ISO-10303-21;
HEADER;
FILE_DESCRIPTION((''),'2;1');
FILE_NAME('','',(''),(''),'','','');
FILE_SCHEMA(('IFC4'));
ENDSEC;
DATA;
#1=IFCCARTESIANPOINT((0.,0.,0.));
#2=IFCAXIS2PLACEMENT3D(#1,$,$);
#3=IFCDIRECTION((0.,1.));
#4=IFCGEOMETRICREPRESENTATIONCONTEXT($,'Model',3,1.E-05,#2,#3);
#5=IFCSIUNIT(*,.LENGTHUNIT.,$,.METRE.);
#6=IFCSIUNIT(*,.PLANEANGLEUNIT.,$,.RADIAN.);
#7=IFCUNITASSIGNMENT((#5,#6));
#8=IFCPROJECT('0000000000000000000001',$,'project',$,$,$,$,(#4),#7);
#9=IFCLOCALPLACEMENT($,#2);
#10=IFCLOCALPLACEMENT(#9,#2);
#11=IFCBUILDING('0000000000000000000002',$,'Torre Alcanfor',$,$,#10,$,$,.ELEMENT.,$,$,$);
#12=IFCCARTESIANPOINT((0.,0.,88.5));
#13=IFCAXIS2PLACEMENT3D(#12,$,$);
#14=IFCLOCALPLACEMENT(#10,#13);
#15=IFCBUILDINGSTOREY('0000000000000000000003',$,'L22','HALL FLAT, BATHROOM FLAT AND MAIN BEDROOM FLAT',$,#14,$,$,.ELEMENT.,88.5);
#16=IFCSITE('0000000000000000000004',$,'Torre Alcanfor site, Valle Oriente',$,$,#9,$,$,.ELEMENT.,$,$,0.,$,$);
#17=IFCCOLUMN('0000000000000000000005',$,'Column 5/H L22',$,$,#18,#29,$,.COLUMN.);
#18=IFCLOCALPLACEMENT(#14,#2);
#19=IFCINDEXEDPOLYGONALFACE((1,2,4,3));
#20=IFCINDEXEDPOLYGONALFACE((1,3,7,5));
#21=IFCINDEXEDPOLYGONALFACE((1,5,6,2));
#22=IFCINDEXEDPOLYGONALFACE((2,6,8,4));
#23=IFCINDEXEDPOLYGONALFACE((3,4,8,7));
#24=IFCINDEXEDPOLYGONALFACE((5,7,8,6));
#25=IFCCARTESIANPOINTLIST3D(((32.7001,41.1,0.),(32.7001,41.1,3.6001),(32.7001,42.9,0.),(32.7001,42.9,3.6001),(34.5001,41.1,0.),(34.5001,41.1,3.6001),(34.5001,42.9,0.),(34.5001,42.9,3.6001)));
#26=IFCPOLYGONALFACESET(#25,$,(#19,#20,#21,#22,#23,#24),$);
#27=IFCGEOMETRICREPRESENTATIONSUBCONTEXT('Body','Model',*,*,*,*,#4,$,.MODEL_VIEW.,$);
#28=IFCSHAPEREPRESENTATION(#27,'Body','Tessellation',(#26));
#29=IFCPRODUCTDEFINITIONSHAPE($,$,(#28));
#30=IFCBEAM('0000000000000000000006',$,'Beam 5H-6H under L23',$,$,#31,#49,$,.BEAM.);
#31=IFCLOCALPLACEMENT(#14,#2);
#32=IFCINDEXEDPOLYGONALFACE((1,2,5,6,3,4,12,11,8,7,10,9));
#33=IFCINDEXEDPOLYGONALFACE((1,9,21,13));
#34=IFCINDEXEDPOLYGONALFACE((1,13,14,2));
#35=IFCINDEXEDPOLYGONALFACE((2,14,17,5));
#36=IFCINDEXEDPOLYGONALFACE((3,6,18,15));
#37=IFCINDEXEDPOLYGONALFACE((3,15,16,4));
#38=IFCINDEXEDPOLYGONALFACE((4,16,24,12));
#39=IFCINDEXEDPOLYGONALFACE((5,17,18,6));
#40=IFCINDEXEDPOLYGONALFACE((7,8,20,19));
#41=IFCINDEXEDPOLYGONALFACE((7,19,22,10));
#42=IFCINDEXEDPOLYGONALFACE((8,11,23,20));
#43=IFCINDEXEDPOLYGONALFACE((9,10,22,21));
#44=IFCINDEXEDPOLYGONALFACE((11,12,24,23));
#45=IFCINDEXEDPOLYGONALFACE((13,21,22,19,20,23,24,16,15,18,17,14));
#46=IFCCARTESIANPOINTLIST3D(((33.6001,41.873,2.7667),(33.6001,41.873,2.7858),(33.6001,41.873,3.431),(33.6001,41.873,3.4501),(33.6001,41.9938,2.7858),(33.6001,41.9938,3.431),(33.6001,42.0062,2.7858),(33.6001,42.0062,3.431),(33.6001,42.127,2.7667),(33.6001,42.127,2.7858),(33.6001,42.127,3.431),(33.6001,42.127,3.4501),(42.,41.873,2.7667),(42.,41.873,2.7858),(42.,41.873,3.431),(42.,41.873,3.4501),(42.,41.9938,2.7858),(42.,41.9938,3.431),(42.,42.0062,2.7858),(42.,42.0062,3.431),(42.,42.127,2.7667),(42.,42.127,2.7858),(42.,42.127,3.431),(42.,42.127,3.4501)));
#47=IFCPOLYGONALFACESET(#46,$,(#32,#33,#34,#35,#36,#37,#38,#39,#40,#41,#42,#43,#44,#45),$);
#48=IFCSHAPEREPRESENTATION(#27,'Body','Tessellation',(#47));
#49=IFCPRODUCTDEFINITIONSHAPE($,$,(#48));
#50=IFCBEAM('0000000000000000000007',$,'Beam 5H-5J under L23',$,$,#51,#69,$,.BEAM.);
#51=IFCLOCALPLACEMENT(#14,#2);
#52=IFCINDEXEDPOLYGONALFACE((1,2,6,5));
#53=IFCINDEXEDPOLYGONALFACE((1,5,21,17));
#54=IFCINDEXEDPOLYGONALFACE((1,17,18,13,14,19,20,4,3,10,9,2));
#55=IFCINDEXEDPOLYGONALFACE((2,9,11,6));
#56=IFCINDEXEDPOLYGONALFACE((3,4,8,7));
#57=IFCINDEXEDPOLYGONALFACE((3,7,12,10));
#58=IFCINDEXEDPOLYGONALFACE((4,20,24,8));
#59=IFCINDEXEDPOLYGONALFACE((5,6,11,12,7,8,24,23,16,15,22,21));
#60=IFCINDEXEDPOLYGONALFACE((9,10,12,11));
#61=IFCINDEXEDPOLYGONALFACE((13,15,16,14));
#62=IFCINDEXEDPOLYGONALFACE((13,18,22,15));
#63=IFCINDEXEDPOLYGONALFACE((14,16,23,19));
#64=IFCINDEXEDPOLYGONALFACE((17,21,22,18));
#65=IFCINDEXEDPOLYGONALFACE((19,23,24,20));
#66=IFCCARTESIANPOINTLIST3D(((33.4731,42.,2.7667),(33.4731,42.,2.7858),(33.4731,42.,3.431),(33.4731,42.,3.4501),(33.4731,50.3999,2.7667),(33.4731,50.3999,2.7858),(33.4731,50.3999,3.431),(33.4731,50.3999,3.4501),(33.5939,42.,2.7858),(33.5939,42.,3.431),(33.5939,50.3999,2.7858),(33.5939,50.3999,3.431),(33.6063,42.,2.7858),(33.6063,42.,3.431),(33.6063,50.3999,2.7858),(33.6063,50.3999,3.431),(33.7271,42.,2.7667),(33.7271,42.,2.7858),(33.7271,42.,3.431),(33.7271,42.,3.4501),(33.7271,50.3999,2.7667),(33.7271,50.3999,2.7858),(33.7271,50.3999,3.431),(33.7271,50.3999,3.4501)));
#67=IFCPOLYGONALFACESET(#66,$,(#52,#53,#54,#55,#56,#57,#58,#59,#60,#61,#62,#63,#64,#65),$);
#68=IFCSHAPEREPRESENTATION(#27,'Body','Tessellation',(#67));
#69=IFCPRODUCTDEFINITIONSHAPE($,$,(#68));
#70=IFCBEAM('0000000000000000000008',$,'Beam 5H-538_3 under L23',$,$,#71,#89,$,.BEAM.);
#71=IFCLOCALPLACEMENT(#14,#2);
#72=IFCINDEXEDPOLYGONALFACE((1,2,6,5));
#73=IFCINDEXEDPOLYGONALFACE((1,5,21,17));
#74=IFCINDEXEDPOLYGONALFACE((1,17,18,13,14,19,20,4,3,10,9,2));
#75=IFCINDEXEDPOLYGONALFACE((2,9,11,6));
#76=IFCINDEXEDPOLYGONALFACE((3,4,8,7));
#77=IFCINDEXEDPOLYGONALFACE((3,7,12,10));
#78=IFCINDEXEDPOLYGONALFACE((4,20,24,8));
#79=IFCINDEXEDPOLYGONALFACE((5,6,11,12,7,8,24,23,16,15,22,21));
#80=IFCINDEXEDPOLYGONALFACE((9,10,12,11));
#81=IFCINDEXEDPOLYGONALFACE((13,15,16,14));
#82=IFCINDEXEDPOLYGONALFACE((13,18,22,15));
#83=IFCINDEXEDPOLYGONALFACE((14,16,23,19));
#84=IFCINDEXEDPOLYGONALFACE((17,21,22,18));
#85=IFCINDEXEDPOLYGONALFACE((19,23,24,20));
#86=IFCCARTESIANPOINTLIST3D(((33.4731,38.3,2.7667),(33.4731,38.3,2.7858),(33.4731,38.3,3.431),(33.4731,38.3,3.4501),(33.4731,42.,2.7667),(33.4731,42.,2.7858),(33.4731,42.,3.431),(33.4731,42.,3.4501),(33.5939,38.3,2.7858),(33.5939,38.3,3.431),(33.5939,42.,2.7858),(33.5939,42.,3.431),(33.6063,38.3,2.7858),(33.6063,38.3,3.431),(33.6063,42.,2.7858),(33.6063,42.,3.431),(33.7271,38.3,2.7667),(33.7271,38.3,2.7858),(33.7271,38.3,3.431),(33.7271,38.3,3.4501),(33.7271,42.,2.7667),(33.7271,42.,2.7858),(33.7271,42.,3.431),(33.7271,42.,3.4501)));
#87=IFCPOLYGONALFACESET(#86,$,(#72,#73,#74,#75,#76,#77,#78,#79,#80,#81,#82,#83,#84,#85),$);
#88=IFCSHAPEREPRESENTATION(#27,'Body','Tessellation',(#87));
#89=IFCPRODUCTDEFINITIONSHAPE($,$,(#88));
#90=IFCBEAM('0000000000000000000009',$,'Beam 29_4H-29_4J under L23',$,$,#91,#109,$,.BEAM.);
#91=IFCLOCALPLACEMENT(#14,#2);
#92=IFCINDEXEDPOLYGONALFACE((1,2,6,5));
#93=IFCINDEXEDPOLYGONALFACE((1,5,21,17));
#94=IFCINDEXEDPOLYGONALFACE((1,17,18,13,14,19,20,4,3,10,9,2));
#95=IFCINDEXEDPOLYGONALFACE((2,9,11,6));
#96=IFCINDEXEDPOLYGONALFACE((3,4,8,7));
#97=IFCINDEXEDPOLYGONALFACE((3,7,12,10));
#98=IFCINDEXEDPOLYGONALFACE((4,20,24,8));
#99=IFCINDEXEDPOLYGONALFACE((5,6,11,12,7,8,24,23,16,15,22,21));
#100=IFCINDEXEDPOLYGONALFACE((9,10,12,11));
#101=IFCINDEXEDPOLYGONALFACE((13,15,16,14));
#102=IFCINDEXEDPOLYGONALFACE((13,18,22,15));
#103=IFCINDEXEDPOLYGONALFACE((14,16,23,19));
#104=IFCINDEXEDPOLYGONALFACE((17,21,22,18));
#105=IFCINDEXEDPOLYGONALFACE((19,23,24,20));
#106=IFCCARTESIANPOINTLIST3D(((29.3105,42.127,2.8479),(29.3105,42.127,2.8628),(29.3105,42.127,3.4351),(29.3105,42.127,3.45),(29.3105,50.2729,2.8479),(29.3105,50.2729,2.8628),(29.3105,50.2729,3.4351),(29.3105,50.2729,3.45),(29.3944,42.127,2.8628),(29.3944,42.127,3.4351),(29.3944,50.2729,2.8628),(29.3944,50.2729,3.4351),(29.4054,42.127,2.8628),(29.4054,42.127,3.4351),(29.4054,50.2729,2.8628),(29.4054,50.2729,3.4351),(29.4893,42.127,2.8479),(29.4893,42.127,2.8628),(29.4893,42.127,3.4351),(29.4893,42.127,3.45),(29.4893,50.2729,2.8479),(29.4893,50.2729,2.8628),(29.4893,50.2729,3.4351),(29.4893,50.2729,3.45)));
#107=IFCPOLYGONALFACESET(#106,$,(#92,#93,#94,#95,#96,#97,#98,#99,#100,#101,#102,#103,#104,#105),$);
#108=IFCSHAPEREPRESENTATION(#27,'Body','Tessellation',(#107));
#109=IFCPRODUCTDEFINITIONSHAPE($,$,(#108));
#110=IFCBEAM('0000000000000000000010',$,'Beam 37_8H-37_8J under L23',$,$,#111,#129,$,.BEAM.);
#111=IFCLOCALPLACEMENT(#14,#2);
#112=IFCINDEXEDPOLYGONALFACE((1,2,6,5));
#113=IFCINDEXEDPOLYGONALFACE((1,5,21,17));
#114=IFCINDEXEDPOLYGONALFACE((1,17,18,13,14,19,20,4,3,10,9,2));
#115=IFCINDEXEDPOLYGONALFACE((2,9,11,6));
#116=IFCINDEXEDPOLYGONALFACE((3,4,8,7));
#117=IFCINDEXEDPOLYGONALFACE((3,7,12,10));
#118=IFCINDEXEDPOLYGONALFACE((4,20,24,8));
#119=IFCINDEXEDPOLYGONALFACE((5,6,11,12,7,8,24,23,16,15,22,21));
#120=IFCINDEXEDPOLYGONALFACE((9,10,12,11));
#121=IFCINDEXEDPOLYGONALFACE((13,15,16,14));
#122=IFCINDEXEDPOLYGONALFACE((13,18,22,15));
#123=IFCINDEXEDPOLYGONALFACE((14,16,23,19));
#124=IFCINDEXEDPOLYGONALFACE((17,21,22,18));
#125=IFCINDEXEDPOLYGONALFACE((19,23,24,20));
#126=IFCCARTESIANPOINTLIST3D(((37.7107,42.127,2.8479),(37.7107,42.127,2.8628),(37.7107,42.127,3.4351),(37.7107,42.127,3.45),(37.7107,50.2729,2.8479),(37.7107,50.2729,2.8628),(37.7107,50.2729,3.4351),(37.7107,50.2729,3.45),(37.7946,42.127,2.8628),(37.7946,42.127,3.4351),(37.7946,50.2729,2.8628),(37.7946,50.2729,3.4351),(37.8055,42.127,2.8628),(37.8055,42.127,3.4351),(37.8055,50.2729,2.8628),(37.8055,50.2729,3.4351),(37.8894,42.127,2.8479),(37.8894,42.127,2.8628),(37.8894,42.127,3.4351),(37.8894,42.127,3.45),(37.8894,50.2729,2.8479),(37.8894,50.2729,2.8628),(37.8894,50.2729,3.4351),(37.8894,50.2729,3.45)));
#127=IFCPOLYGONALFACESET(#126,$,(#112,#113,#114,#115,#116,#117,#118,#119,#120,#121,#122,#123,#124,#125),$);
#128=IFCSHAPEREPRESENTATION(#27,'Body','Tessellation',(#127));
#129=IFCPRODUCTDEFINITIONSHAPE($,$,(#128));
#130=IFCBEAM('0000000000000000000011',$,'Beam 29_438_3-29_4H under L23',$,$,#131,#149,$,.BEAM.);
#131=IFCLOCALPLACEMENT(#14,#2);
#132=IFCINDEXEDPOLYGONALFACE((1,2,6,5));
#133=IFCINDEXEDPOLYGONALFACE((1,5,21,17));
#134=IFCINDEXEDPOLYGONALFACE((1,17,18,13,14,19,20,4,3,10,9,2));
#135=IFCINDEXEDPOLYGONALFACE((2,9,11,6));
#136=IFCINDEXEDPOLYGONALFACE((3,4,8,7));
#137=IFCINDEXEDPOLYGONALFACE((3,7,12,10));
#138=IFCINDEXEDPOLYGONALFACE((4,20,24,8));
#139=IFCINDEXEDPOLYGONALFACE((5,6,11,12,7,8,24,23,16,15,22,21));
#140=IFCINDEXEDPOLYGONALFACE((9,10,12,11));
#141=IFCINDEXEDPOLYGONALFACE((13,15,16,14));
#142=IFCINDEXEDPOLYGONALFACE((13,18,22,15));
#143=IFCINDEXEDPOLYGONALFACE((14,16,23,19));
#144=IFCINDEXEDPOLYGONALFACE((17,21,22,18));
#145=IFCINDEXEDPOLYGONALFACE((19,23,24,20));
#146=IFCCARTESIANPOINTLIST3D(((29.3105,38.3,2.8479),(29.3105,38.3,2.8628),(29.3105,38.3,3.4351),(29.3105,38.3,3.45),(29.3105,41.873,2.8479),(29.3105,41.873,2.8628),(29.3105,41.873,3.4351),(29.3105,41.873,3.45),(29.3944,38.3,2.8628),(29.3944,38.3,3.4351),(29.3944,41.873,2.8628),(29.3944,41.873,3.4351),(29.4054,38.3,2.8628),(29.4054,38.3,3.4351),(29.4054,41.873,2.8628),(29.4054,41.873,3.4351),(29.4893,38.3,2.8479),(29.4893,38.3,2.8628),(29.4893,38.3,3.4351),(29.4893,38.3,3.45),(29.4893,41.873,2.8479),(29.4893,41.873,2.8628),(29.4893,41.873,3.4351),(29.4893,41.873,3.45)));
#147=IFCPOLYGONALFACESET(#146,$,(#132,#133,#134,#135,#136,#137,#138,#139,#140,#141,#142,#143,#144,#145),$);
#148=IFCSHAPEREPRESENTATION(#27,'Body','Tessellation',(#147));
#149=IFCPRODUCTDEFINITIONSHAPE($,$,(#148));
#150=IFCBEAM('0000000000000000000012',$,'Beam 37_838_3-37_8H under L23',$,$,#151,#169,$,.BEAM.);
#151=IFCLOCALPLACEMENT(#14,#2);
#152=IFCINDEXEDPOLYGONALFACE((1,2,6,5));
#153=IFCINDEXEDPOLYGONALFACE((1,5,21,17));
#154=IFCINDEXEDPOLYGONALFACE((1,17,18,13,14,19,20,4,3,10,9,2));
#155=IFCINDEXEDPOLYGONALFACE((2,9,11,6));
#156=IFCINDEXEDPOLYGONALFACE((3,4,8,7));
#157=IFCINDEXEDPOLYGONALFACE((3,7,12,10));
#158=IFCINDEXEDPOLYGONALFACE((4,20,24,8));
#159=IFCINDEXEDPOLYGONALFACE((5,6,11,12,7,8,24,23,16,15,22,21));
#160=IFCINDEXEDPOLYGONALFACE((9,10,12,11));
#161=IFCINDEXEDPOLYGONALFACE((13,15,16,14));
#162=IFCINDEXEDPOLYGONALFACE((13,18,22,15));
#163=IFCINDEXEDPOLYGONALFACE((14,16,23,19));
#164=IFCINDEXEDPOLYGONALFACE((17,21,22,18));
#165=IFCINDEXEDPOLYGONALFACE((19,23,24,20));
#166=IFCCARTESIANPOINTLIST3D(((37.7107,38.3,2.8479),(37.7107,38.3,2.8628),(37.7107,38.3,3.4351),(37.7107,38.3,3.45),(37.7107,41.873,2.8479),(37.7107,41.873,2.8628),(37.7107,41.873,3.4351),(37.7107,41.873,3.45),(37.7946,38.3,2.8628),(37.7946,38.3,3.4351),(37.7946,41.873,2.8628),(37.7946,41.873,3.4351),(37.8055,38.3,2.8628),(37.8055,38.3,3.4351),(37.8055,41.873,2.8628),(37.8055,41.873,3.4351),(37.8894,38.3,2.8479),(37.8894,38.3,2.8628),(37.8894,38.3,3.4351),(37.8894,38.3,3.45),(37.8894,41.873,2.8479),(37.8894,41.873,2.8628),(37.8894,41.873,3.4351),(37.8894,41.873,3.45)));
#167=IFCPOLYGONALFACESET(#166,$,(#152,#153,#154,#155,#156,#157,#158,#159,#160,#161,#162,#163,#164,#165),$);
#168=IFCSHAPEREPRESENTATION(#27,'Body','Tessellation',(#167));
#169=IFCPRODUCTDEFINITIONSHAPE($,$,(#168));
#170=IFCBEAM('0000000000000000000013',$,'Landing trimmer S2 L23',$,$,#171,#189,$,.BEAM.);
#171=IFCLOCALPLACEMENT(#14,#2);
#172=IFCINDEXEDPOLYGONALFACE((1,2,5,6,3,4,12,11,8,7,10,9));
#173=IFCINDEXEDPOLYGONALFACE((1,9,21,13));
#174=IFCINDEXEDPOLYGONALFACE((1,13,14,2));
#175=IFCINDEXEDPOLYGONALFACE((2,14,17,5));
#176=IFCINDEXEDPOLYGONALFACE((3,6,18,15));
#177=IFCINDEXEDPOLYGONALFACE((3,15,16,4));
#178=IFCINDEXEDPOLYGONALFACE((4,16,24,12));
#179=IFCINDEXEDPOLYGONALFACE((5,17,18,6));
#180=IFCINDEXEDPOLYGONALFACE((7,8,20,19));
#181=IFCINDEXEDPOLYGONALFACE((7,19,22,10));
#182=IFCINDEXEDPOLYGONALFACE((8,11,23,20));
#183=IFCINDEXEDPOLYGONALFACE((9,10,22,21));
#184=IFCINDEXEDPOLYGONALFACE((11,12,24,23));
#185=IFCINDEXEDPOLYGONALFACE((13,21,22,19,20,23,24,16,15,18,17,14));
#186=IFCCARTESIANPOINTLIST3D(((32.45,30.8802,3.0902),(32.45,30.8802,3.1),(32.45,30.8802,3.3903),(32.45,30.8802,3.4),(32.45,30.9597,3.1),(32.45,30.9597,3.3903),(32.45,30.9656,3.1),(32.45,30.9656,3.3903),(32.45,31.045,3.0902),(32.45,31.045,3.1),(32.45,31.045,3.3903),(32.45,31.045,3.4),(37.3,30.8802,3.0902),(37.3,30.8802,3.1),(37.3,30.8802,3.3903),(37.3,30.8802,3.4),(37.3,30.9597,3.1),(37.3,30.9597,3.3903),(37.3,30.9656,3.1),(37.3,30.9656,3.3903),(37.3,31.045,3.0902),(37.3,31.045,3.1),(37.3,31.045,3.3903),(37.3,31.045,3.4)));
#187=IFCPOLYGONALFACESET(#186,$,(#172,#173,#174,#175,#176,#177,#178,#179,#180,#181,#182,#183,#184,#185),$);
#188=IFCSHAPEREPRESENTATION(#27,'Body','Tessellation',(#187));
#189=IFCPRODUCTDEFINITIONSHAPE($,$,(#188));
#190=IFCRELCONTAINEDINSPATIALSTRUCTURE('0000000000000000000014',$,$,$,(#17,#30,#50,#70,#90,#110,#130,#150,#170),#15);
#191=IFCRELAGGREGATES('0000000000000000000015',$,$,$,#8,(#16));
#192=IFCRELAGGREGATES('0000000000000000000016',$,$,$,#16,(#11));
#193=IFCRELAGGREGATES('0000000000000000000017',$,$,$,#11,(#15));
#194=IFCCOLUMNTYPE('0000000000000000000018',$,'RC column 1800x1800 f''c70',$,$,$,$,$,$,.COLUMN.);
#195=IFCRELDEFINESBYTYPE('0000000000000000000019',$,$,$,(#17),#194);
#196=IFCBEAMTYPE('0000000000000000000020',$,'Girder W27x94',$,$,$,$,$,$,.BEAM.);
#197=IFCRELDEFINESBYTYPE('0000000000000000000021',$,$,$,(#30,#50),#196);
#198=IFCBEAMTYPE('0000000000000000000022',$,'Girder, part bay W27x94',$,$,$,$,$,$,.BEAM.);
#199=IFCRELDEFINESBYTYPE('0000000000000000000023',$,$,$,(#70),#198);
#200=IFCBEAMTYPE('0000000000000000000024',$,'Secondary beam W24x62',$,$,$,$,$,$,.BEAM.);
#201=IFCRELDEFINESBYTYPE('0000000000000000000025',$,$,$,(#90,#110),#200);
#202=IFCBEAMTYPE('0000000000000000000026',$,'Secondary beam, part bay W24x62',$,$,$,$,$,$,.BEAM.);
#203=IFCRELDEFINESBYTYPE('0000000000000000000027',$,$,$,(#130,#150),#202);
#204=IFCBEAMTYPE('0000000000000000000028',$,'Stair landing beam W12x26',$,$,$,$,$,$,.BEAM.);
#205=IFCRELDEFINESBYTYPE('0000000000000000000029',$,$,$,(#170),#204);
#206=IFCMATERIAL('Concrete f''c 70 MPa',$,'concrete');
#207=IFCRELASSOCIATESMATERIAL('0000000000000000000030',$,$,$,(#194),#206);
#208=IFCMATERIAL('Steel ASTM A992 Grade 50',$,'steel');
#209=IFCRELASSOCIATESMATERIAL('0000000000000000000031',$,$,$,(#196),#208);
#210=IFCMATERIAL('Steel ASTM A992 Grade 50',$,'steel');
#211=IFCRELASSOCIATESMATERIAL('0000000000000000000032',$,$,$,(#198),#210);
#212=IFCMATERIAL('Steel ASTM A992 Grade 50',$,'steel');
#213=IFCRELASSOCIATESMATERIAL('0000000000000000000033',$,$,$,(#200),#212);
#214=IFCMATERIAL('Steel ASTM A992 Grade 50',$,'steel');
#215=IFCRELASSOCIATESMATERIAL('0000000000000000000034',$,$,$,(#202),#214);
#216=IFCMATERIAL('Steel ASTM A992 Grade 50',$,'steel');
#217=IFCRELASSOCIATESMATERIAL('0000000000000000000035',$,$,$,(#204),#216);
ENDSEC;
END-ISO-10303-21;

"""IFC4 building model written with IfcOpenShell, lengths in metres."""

from ifc_helpers import new_model, si_unit, direction, frame, origin, origin_2d, place, context, subcontext, project, spatial, rectangle, i_section, extrude, material, material_profile, profile_set, type_object, element, save


model = new_model("IFC4")

# Units and contexts
model_context = context("Model", 3, precision=1e-05, world=origin(), true_north=direction((0.0, 1.0)))
body_context = subcontext(model_context, "Body", "Model", "MODEL_VIEW")
ifc_project = project(units=[si_unit("LENGTHUNIT", "METRE"), si_unit("PLANEANGLEUNIT", "RADIAN")], contexts=[model_context])

# Site, building, storey
site_placement = place(None, origin())
site = spatial("IfcSite", under=ifc_project, at=site_placement, Name="Torre Alcanfor site, Valle Oriente", CompositionType="ELEMENT", RefElevation=0.0)
building_placement = place(site_placement, origin())
building = spatial("IfcBuilding", under=site, at=building_placement, Name="Torre Alcanfor", CompositionType="ELEMENT")
storey_placement = place(building_placement, frame((0.0, 0.0, 88.5)))
storey = spatial("IfcBuildingStorey", under=building, at=storey_placement, Name="L22", Description="HALL FLAT, BATHROOM FLAT AND MAIN BEDROOM FLAT", CompositionType="ELEMENT", Elevation=88.5)

# Column
ifc_material_1 = material(Name="Concrete f'c 70 MPa", Category="concrete")
ifc_material_profile_1 = material_profile(ifc_material_1, rectangle(XDim=1.8, YDim=1.8, at=origin_2d()), Name="1800x1800")
ifc_profile_set_1 = profile_set([ifc_material_profile_1], Name="Concrete f'c 70 MPa")
column_type = type_object("IfcColumnType", Name="RC column 1800x1800 f'c70", PredefinedType="COLUMN", material=ifc_profile_set_1)
column_placement = place(storey_placement, frame((33.6001, 42.0, 0.0), z_axis=(0.0, 0.0, 1.0), x_axis=(1.0, 0.0, 0.0)))
element("IfcColumn", 1, at=column_placement, inside=storey, type_object=column_type, Name="Column 5/H L22", PredefinedType="COLUMN", context=body_context, shape_type="SweptSolid", body=[
    extrude(rectangle(XDim=1.8, YDim=1.8, at=origin_2d()), origin(), (0.0, 0.0, 1.0), 3.6001),
])

# Beams
ifc_material_2 = material(Name="Steel ASTM A992 Grade 50", Category="steel")
ifc_material_profile_2 = material_profile(ifc_material_2, i_section(OverallWidth=0.2539, OverallDepth=0.6833, WebThickness=0.0125, FlangeThickness=0.019, at=origin_2d()), Name="W27x94")
ifc_profile_set_2 = profile_set([ifc_material_profile_2], Name="Steel ASTM A992 Grade 50")
beam_type_1 = type_object("IfcBeamType", Name="Girder W27x94", PredefinedType="BEAM", material=ifc_profile_set_2)
for number, where, z_axis, x_axis, name in (
    (2, (33.6001, 42.0, 3.1084), (1.0, 0.0, 0.0), (0.0, 1.0, 0.0), "Beam 5H-6H under L23"),
    (3, (33.6001, 42.0, 3.1084), (0.0, 1.0, 0.0), (-1.0, 0.0, 0.0), "Beam 5H-5J under L23"),
):
    element("IfcBeam", number, at=place(storey_placement, frame(where, z_axis=z_axis, x_axis=x_axis)), inside=storey, type_object=beam_type_1, Name=name, PredefinedType="BEAM", context=body_context, shape_type="SweptSolid", body=[
        extrude(i_section(OverallWidth=0.2539, OverallDepth=0.6833, WebThickness=0.0125, FlangeThickness=0.019, at=origin_2d()), origin(), (0.0, 0.0, 1.0), 8.3999),
    ])
ifc_material_3 = material(Name="Steel ASTM A992 Grade 50", Category="steel")
ifc_material_profile_3 = material_profile(ifc_material_3, i_section(OverallWidth=0.2539, OverallDepth=0.6833, WebThickness=0.0125, FlangeThickness=0.019, at=origin_2d()), Name="W27x94")
ifc_profile_set_3 = profile_set([ifc_material_profile_3], Name="Steel ASTM A992 Grade 50")
beam_type_2 = type_object("IfcBeamType", Name="Girder, part bay W27x94", PredefinedType="BEAM", material=ifc_profile_set_3)
beam_1_placement = place(storey_placement, frame((33.6001, 42.0, 3.1084), z_axis=(0.0, -1.0, 0.0), x_axis=(1.0, 0.0, 0.0)))
element("IfcBeam", 4, at=beam_1_placement, inside=storey, type_object=beam_type_2, Name="Beam 5H-538_3 under L23", PredefinedType="BEAM", context=body_context, shape_type="SweptSolid", body=[
    extrude(i_section(OverallWidth=0.2539, OverallDepth=0.6833, WebThickness=0.0125, FlangeThickness=0.019, at=origin_2d()), origin(), (0.0, 0.0, 1.0), 3.7),
])
ifc_material_4 = material(Name="Steel ASTM A992 Grade 50", Category="steel")
ifc_material_profile_4 = material_profile(ifc_material_4, i_section(OverallWidth=0.1787, OverallDepth=0.6021, WebThickness=0.011, FlangeThickness=0.0149, at=origin_2d()), Name="W24x62")
ifc_profile_set_4 = profile_set([ifc_material_profile_4], Name="Steel ASTM A992 Grade 50")
beam_type_3 = type_object("IfcBeamType", Name="Secondary beam W24x62", PredefinedType="BEAM", material=ifc_profile_set_4)
for number, where, z_axis, x_axis, name in (
    (5, (29.3999, 42.127, 3.1489), (0.0, 1.0, 0.0), (-1.0, 0.0, 0.0), "Beam 29_4H-29_4J under L23"),
    (6, (37.8, 42.127, 3.1489), (0.0, 1.0, 0.0), (-1.0, 0.0, 0.0), "Beam 37_8H-37_8J under L23"),
):
    element("IfcBeam", number, at=place(storey_placement, frame(where, z_axis=z_axis, x_axis=x_axis)), inside=storey, type_object=beam_type_3, Name=name, PredefinedType="BEAM", context=body_context, shape_type="SweptSolid", body=[
        extrude(i_section(OverallWidth=0.1787, OverallDepth=0.6021, WebThickness=0.011, FlangeThickness=0.0149, at=origin_2d()), origin(), (0.0, 0.0, 1.0), 8.146),
    ])
ifc_material_5 = material(Name="Steel ASTM A992 Grade 50", Category="steel")
ifc_material_profile_5 = material_profile(ifc_material_5, i_section(OverallWidth=0.1787, OverallDepth=0.6021, WebThickness=0.011, FlangeThickness=0.0149, at=origin_2d()), Name="W24x62")
ifc_profile_set_5 = profile_set([ifc_material_profile_5], Name="Steel ASTM A992 Grade 50")
beam_type_4 = type_object("IfcBeamType", Name="Secondary beam, part bay W24x62", PredefinedType="BEAM", material=ifc_profile_set_5)
for number, where, z_axis, x_axis, name in (
    (7, (29.3999, 38.3, 3.1489), (0.0, 1.0, 0.0), (-1.0, 0.0, 0.0), "Beam 29_438_3-29_4H under L23"),
    (8, (37.8, 38.3, 3.1489), (0.0, 1.0, 0.0), (-1.0, 0.0, 0.0), "Beam 37_838_3-37_8H under L23"),
):
    element("IfcBeam", number, at=place(storey_placement, frame(where, z_axis=z_axis, x_axis=x_axis)), inside=storey, type_object=beam_type_4, Name=name, PredefinedType="BEAM", context=body_context, shape_type="SweptSolid", body=[
        extrude(i_section(OverallWidth=0.1787, OverallDepth=0.6021, WebThickness=0.011, FlangeThickness=0.0149, at=origin_2d()), origin(), (0.0, 0.0, 1.0), 3.573),
    ])
ifc_material_6 = material(Name="Steel ASTM A992 Grade 50", Category="steel")
ifc_material_profile_6 = material_profile(ifc_material_6, i_section(OverallWidth=0.1648, OverallDepth=0.3098, WebThickness=0.0059, FlangeThickness=0.0098, at=origin_2d()), Name="W12x26")
ifc_profile_set_6 = profile_set([ifc_material_profile_6], Name="Steel ASTM A992 Grade 50")
beam_type_5 = type_object("IfcBeamType", Name="Stair landing beam W12x26", PredefinedType="BEAM", material=ifc_profile_set_6)
beam_2_placement = place(storey_placement, frame((32.45, 30.9626, 3.2451), z_axis=(1.0, 0.0, 0.0), x_axis=(0.0, 1.0, 0.0)))
element("IfcBeam", 9, at=beam_2_placement, inside=storey, type_object=beam_type_5, Name="Landing trimmer S2 L23", PredefinedType="BEAM", context=body_context, shape_type="SweptSolid", body=[
    extrude(i_section(OverallWidth=0.1648, OverallDepth=0.3098, WebThickness=0.0059, FlangeThickness=0.0098, at=origin_2d()), origin(), (0.0, 0.0, 1.0), 4.8501),
])

save(model, "model.ifc")
